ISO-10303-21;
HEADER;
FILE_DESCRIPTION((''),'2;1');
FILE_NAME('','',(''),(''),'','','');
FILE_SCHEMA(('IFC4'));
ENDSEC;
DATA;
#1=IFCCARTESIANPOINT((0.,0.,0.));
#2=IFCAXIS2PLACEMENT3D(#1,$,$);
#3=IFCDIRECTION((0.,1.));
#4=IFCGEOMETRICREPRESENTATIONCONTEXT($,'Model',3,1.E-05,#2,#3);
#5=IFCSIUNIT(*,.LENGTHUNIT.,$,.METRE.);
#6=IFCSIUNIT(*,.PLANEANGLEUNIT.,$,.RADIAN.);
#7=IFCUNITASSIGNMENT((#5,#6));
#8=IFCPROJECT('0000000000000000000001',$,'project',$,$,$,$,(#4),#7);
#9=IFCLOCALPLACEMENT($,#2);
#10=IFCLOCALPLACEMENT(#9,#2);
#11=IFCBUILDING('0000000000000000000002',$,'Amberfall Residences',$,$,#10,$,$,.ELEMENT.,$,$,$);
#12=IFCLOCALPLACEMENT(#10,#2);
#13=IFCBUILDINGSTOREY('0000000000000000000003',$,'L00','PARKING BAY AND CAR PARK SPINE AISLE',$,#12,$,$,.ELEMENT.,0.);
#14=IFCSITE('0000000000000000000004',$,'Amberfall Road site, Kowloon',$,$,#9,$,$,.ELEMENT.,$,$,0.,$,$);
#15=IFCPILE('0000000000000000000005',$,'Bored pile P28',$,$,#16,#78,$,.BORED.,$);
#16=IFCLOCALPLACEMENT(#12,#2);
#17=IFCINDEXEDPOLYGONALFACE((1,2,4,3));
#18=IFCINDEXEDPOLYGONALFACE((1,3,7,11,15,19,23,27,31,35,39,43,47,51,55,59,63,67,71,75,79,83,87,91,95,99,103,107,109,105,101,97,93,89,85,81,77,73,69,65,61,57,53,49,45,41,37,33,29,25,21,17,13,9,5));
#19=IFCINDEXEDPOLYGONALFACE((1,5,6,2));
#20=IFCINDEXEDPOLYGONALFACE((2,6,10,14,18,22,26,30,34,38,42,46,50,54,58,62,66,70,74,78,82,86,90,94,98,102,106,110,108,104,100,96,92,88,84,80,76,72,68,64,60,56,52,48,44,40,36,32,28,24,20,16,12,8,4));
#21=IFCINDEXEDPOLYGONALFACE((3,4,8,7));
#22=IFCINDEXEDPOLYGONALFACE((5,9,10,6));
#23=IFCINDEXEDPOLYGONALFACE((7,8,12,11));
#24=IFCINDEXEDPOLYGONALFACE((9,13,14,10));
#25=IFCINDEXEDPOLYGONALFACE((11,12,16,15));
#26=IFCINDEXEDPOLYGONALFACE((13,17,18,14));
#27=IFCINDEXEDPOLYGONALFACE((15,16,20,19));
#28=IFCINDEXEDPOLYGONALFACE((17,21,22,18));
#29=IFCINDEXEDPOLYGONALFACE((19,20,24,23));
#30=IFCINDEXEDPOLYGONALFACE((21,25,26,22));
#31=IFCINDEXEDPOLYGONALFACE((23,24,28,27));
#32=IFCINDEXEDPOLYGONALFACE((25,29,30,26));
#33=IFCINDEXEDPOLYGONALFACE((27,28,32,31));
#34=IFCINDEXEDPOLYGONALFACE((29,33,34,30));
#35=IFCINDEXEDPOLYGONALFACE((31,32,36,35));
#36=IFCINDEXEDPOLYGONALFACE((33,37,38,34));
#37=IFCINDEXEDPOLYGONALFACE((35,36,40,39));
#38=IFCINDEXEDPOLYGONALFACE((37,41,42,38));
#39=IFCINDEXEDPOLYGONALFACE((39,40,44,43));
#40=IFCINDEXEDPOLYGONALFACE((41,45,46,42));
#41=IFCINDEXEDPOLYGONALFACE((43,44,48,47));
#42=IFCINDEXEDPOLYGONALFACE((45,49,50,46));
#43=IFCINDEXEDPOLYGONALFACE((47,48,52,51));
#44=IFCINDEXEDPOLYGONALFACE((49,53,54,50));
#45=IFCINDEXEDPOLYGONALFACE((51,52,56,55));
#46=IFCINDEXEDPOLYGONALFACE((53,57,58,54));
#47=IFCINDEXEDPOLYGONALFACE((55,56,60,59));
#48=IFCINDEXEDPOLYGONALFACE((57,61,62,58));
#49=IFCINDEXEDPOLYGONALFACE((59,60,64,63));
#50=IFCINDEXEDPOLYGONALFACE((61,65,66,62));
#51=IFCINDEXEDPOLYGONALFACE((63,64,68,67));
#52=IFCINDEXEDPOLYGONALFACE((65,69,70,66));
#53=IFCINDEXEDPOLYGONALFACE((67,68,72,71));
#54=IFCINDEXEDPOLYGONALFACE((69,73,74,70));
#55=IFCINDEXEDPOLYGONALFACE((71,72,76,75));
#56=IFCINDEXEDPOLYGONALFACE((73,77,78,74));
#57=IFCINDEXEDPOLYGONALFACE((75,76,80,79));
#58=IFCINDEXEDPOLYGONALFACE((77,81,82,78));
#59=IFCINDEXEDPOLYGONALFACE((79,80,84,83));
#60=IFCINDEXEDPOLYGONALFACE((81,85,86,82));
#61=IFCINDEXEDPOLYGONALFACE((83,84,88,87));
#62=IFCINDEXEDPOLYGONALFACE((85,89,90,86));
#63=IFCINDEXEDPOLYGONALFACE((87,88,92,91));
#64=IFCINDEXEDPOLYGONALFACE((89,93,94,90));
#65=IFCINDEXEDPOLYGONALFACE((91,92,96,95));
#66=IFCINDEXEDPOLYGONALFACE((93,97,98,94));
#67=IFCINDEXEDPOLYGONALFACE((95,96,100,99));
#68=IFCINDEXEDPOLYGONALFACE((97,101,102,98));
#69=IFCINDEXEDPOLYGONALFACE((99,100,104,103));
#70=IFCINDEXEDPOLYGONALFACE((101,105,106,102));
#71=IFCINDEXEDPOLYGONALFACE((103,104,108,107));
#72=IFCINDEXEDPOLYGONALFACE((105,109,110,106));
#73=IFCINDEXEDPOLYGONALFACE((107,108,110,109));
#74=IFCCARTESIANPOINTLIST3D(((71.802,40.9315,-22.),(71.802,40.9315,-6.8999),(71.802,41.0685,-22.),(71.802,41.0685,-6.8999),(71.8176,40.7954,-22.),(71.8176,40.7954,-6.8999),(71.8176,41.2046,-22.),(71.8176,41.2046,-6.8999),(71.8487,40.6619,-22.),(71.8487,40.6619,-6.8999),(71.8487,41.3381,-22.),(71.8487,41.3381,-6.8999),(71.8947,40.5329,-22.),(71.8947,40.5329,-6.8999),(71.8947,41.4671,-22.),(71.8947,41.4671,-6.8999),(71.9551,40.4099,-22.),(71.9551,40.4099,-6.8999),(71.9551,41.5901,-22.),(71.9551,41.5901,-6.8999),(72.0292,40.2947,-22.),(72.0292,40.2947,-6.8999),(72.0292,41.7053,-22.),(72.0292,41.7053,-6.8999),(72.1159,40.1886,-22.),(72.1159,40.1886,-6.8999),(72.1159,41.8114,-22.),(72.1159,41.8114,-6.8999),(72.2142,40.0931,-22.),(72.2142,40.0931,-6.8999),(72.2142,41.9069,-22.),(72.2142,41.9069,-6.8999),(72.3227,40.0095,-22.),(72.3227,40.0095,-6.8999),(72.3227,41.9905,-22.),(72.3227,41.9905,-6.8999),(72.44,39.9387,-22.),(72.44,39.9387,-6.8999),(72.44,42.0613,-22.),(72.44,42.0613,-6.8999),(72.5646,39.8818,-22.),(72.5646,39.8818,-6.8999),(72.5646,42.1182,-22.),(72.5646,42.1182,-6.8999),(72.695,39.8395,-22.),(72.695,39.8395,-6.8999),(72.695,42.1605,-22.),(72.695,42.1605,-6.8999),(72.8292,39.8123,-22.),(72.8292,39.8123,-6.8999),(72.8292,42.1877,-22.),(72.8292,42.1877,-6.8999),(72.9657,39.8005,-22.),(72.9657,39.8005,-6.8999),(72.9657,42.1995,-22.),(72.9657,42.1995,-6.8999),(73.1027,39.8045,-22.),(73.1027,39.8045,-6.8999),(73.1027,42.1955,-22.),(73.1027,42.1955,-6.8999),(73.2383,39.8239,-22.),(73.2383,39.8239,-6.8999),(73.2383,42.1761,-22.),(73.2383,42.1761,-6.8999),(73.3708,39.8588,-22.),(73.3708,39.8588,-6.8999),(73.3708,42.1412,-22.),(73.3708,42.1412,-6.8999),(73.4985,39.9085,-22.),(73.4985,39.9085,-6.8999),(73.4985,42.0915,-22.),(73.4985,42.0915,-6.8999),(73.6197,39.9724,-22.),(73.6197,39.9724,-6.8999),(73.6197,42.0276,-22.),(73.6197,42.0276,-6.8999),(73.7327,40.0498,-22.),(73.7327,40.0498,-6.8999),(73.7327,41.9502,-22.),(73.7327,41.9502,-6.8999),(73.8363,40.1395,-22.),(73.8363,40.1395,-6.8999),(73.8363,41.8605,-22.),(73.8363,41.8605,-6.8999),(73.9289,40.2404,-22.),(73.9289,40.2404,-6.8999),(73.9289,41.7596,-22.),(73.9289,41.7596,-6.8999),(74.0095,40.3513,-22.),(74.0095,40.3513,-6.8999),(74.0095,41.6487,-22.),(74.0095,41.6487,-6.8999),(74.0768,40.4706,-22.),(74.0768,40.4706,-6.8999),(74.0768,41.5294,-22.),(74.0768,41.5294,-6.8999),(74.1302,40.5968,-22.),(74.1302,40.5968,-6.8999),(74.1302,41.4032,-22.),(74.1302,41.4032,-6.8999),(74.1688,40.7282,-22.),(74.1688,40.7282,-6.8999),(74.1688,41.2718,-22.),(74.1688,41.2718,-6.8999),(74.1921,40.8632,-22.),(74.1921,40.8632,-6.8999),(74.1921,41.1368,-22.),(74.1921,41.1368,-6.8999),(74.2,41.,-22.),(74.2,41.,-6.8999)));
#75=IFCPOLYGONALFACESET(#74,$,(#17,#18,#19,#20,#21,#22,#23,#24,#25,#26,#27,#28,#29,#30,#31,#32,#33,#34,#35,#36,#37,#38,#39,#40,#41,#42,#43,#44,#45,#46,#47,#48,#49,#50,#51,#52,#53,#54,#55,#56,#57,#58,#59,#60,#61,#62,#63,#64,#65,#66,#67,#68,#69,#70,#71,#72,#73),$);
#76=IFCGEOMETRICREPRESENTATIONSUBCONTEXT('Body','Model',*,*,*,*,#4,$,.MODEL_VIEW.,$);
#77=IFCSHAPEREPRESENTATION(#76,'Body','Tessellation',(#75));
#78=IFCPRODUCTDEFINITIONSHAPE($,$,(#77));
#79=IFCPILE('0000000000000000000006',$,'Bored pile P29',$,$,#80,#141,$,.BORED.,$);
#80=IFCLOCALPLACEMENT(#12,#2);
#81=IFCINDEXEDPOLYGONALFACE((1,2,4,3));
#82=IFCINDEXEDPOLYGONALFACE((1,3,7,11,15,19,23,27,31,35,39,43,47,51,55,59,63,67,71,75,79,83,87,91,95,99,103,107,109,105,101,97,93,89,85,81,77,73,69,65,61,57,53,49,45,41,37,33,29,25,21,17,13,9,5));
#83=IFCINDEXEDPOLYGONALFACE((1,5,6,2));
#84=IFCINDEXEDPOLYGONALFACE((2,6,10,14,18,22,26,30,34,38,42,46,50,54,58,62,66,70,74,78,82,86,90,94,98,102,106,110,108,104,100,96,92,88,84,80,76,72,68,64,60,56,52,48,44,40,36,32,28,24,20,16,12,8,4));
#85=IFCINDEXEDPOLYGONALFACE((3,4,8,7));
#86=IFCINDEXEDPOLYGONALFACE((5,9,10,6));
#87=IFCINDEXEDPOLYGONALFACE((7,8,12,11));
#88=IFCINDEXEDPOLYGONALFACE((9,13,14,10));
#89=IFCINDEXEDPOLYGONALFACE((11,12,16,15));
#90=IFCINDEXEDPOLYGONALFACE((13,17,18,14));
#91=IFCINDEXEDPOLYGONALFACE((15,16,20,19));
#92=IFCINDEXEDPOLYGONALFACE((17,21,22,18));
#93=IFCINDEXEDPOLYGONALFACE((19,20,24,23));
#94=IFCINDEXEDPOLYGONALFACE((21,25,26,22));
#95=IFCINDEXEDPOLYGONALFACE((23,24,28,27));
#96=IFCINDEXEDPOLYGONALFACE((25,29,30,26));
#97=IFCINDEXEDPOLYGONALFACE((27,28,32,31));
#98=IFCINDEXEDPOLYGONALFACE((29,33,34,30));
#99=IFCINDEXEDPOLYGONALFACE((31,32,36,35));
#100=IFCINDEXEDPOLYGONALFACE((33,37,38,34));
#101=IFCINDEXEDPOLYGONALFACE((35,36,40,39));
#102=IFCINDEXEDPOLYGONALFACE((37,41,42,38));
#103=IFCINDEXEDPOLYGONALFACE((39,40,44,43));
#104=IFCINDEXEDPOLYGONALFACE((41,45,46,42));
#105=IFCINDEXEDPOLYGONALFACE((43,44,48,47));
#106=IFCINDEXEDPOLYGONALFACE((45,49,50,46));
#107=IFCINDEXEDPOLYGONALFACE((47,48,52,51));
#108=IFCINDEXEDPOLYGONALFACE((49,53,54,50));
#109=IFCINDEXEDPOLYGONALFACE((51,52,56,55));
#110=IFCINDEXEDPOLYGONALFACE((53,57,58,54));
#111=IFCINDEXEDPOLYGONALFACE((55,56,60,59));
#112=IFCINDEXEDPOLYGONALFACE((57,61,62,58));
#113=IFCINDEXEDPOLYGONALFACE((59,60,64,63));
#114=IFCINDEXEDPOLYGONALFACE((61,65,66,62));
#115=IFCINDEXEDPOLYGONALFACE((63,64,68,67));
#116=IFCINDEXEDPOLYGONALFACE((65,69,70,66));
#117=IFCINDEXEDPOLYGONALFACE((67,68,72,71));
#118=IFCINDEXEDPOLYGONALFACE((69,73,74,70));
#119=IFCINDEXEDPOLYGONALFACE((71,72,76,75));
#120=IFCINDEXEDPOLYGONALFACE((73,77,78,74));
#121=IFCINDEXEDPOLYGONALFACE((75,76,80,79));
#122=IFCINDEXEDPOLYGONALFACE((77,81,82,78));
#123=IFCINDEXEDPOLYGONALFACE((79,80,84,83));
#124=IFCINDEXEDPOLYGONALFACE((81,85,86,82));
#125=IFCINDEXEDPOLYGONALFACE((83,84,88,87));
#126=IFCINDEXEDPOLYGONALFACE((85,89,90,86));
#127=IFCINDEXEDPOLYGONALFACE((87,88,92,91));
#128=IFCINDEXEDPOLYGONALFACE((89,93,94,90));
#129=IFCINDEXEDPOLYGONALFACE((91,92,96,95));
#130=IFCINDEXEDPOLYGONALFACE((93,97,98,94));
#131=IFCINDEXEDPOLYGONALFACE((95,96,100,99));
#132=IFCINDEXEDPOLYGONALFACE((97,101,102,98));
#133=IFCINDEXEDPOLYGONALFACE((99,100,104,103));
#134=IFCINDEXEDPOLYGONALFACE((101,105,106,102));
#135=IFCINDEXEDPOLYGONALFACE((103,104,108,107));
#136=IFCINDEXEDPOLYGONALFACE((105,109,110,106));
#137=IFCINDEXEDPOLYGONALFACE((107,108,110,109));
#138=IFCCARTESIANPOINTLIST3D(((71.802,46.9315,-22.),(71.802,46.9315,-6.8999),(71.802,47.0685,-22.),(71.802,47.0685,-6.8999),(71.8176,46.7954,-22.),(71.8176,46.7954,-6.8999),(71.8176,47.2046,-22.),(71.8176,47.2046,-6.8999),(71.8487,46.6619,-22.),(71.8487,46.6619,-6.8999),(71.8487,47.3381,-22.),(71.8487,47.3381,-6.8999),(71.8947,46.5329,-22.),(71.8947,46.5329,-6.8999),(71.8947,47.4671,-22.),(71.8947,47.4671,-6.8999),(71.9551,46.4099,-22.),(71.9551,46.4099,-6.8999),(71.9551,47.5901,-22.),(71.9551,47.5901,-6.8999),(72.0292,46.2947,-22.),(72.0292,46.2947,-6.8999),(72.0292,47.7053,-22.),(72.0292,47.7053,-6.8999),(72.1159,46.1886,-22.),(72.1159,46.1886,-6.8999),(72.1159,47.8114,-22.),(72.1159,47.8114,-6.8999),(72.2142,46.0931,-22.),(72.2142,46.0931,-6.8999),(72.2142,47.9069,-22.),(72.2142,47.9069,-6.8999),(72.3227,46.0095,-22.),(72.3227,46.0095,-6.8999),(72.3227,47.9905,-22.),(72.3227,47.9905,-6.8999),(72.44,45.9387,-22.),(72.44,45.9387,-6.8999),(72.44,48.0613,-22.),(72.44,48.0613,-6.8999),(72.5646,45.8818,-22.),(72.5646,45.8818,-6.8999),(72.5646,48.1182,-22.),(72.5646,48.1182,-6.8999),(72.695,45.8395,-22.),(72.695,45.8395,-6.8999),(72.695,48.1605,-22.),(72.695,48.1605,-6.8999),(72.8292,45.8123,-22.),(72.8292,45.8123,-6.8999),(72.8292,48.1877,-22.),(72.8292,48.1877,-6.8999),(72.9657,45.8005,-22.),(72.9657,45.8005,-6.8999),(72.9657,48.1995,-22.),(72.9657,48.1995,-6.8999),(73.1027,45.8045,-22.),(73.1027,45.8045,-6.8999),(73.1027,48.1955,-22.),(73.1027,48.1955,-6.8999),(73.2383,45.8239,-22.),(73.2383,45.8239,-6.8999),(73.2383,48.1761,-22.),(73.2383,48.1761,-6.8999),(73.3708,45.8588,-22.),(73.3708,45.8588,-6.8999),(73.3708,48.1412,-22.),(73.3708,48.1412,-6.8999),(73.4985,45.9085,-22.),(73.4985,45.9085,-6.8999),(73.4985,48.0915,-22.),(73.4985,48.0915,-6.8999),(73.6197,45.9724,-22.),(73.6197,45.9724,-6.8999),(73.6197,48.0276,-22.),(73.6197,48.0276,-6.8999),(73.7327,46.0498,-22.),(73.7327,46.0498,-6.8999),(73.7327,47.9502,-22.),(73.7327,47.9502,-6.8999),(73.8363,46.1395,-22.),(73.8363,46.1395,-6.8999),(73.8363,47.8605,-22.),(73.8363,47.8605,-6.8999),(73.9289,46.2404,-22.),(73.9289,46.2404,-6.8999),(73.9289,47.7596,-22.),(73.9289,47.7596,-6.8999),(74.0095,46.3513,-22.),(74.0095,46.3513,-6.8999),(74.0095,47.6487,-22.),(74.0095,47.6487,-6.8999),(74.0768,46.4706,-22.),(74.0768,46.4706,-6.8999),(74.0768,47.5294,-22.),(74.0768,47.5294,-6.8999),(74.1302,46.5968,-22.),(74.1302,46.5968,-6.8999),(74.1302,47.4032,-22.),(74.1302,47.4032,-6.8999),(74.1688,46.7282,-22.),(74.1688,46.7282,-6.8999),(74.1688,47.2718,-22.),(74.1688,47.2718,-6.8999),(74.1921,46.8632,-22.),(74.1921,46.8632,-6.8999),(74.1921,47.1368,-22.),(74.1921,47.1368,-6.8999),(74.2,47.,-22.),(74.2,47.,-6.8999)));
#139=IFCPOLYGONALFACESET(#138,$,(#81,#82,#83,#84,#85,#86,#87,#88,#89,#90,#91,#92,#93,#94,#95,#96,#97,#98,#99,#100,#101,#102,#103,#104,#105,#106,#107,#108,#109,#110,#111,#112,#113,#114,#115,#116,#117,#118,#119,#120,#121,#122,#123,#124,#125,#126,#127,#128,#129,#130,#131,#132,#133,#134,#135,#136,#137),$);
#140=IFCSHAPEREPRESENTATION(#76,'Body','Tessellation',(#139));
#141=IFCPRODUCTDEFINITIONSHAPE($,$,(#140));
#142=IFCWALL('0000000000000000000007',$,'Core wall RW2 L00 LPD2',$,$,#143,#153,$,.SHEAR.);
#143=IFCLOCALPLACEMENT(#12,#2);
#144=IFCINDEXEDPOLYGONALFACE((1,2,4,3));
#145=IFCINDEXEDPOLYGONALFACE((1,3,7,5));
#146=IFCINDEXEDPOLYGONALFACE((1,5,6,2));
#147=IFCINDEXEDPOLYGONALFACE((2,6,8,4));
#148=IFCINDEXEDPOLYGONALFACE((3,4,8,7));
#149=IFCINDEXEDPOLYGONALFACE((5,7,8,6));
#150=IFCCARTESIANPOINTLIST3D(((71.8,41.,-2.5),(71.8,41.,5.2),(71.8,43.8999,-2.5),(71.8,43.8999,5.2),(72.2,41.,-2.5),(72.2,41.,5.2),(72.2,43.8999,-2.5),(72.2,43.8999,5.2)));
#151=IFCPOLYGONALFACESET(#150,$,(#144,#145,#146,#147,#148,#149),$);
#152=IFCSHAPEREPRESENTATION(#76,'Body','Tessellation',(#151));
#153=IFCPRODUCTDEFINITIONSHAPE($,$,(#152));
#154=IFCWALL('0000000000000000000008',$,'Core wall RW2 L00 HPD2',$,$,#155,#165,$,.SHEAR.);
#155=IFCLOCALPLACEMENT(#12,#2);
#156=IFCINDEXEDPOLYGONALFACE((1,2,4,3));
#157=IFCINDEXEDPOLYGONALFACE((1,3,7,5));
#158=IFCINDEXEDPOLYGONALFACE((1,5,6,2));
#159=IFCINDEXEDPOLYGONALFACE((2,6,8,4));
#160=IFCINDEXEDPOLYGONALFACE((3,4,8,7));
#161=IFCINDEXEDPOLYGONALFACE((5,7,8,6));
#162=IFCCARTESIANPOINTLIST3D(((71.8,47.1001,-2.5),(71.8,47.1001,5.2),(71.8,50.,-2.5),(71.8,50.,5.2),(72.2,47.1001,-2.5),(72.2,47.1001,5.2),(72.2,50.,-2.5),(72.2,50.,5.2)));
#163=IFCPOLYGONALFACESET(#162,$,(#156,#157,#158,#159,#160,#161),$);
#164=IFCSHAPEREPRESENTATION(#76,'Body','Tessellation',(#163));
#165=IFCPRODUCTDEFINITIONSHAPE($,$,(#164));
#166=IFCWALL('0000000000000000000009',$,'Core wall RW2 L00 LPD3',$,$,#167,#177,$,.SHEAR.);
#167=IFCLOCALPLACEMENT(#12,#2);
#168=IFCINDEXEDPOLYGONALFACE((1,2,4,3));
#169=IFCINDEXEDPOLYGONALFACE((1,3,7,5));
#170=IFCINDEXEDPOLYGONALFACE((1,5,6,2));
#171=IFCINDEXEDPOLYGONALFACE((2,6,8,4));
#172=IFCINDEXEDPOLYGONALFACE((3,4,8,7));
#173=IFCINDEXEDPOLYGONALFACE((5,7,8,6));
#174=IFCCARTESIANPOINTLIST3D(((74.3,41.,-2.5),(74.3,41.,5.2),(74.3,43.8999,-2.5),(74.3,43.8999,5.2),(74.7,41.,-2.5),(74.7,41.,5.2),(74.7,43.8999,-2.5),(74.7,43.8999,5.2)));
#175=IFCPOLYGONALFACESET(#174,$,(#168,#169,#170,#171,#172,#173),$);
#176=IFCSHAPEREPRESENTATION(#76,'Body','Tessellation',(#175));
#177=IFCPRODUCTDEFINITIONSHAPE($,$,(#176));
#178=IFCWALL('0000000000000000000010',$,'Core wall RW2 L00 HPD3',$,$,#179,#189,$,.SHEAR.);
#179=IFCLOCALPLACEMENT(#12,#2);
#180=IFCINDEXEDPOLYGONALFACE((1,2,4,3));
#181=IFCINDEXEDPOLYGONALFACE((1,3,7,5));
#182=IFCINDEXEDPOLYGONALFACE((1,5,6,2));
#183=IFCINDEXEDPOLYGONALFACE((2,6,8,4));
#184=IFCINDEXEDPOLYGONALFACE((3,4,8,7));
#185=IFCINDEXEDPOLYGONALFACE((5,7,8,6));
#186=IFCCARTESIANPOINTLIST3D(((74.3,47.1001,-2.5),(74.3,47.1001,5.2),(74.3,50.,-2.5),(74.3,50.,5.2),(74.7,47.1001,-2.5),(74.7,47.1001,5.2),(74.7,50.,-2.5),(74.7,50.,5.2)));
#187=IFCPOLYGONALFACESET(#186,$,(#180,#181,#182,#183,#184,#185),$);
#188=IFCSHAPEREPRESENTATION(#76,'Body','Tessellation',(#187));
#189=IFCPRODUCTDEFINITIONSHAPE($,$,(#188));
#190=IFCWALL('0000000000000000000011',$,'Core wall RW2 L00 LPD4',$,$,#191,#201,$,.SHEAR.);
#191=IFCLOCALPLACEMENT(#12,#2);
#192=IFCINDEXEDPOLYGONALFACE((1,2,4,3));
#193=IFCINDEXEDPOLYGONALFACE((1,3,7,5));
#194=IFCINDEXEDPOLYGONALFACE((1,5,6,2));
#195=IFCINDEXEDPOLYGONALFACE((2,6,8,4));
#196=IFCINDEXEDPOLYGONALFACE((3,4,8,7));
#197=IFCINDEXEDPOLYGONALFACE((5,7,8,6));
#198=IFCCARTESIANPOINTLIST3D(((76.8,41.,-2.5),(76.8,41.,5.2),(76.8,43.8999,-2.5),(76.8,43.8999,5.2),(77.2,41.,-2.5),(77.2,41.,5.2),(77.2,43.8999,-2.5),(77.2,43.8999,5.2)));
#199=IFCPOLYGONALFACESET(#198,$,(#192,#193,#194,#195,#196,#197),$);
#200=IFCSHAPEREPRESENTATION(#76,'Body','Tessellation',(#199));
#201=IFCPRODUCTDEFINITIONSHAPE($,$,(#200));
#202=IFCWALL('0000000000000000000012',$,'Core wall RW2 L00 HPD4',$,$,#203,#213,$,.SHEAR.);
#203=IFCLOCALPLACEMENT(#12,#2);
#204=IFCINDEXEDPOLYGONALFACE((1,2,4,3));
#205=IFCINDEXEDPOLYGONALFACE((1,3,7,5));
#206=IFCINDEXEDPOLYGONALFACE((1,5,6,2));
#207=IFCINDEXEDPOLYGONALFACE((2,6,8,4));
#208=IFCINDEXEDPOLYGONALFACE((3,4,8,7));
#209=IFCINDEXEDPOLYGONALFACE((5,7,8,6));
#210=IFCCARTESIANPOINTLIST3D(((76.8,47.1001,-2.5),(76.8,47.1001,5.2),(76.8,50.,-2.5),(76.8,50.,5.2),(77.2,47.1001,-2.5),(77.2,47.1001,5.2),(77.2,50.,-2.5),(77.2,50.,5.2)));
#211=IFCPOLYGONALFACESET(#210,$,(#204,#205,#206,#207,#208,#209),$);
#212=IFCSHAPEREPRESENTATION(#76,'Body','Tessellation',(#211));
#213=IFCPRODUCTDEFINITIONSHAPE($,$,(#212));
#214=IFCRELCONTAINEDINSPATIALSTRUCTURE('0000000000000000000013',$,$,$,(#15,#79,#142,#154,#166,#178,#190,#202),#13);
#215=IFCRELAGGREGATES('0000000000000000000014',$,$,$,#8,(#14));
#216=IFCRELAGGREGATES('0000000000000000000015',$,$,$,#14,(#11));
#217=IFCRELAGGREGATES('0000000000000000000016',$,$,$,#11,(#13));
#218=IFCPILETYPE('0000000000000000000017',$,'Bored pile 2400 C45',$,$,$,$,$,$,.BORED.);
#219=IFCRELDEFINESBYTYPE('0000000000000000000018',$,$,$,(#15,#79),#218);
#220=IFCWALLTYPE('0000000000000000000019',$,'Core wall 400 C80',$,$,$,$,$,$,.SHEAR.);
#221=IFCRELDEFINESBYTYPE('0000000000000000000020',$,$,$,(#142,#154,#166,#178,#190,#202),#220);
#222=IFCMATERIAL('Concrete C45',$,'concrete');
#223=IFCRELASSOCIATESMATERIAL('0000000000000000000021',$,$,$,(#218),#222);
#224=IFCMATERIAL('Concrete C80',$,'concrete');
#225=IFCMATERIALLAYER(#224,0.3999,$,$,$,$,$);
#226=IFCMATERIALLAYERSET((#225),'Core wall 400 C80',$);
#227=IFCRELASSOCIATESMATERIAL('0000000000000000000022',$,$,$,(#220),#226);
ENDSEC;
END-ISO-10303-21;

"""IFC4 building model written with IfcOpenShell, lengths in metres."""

from ifc_helpers import new_model, si_unit, direction, frame, frame_2d, origin, origin_2d, place, context, subcontext, project, spatial, rectangle, circle, extrude, material, layer, layer_set, material_profile, profile_set, type_object, element, save


model = new_model("IFC4")

# Units and contexts
model_context = context("Model", 3, precision=1e-05, world=origin(), true_north=direction((0.0, 1.0)))
body_context = subcontext(model_context, "Body", "Model", "MODEL_VIEW")
ifc_project = project(units=[si_unit("LENGTHUNIT", "METRE"), si_unit("PLANEANGLEUNIT", "RADIAN")], contexts=[model_context])

# Site, building, storey
site_placement = place(None, origin())
site = spatial("IfcSite", under=ifc_project, at=site_placement, Name="Amberfall Road site, Kowloon", CompositionType="ELEMENT", RefElevation=0.0)
building_placement = place(site_placement, origin())
building = spatial("IfcBuilding", under=site, at=building_placement, Name="Amberfall Residences", CompositionType="ELEMENT")
storey_placement = place(building_placement, origin())
storey = spatial("IfcBuildingStorey", under=building, at=storey_placement, Name="L00", Description="PARKING BAY AND CAR PARK SPINE AISLE", CompositionType="ELEMENT", Elevation=0.0)

# Piles
ifc_material_1 = material(Name="Concrete C45", Category="concrete")
ifc_material_profile = material_profile(ifc_material_1, circle(Radius=1.2, at=origin_2d()), Name="Bored pile 2400 C45")
ifc_profile_set = profile_set([ifc_material_profile], Name="Concrete C45")
pile_type = type_object("IfcPileType", Name="Bored pile 2400 C45", PredefinedType="BORED", material=ifc_profile_set)
for number, where, z_axis, x_axis, name in (
    (1, (73.0, 41.0, -6.8999), (0.0, 0.0, -1.0), (1.0, 0.0, 0.0), "Bored pile P28"),
    (2, (73.0, 47.0, -6.8999), (0.0, 0.0, -1.0), (1.0, 0.0, 0.0), "Bored pile P29"),
):
    element("IfcPile", number, at=place(storey_placement, frame(where, z_axis=z_axis, x_axis=x_axis)), inside=storey, type_object=pile_type, Name=name, PredefinedType="BORED", context=body_context, shape_type="SweptSolid", body=[
        extrude(circle(Radius=1.2, at=origin_2d()), origin(), (0.0, 0.0, 1.0), 15.1001),
    ])

# Walls
ifc_material_2 = material(Name="Concrete C80", Category="concrete")
ifc_layer = layer(ifc_material_2, 0.3999)
ifc_layer_set = layer_set([ifc_layer], Name="Core wall 400 C80")
wall_type = type_object("IfcWallType", Name="Core wall 400 C80", PredefinedType="SHEAR", material=ifc_layer_set)
for number, where, z_axis, x_axis, name in (
    (3, (72.0, 41.0, -2.5), (0.0, 0.0, 1.0), (0.0, 1.0, 0.0), "Core wall RW2 L00 LPD2"),
    (4, (72.0, 47.1001, -2.5), (0.0, 0.0, 1.0), (0.0, 1.0, 0.0), "Core wall RW2 L00 HPD2"),
    (5, (74.5, 41.0, -2.5), (0.0, 0.0, 1.0), (0.0, 1.0, 0.0), "Core wall RW2 L00 LPD3"),
    (6, (74.5, 47.1001, -2.5), (0.0, 0.0, 1.0), (0.0, 1.0, 0.0), "Core wall RW2 L00 HPD3"),
    (7, (77.0, 41.0, -2.5), (0.0, 0.0, 1.0), (0.0, 1.0, 0.0), "Core wall RW2 L00 LPD4"),
    (8, (77.0, 47.1001, -2.5), (0.0, 0.0, 1.0), (0.0, 1.0, 0.0), "Core wall RW2 L00 HPD4"),
):
    element("IfcWall", number, at=place(storey_placement, frame(where, z_axis=z_axis, x_axis=x_axis)), inside=storey, type_object=wall_type, Name=name, PredefinedType="SHEAR", context=body_context, shape_type="SweptSolid", body=[
        extrude(rectangle(XDim=2.8999, YDim=0.3999, at=frame_2d((1.45, 0.0))), origin(), (0.0, 0.0, 1.0), 7.7),
    ])

save(model, "model.ifc")
